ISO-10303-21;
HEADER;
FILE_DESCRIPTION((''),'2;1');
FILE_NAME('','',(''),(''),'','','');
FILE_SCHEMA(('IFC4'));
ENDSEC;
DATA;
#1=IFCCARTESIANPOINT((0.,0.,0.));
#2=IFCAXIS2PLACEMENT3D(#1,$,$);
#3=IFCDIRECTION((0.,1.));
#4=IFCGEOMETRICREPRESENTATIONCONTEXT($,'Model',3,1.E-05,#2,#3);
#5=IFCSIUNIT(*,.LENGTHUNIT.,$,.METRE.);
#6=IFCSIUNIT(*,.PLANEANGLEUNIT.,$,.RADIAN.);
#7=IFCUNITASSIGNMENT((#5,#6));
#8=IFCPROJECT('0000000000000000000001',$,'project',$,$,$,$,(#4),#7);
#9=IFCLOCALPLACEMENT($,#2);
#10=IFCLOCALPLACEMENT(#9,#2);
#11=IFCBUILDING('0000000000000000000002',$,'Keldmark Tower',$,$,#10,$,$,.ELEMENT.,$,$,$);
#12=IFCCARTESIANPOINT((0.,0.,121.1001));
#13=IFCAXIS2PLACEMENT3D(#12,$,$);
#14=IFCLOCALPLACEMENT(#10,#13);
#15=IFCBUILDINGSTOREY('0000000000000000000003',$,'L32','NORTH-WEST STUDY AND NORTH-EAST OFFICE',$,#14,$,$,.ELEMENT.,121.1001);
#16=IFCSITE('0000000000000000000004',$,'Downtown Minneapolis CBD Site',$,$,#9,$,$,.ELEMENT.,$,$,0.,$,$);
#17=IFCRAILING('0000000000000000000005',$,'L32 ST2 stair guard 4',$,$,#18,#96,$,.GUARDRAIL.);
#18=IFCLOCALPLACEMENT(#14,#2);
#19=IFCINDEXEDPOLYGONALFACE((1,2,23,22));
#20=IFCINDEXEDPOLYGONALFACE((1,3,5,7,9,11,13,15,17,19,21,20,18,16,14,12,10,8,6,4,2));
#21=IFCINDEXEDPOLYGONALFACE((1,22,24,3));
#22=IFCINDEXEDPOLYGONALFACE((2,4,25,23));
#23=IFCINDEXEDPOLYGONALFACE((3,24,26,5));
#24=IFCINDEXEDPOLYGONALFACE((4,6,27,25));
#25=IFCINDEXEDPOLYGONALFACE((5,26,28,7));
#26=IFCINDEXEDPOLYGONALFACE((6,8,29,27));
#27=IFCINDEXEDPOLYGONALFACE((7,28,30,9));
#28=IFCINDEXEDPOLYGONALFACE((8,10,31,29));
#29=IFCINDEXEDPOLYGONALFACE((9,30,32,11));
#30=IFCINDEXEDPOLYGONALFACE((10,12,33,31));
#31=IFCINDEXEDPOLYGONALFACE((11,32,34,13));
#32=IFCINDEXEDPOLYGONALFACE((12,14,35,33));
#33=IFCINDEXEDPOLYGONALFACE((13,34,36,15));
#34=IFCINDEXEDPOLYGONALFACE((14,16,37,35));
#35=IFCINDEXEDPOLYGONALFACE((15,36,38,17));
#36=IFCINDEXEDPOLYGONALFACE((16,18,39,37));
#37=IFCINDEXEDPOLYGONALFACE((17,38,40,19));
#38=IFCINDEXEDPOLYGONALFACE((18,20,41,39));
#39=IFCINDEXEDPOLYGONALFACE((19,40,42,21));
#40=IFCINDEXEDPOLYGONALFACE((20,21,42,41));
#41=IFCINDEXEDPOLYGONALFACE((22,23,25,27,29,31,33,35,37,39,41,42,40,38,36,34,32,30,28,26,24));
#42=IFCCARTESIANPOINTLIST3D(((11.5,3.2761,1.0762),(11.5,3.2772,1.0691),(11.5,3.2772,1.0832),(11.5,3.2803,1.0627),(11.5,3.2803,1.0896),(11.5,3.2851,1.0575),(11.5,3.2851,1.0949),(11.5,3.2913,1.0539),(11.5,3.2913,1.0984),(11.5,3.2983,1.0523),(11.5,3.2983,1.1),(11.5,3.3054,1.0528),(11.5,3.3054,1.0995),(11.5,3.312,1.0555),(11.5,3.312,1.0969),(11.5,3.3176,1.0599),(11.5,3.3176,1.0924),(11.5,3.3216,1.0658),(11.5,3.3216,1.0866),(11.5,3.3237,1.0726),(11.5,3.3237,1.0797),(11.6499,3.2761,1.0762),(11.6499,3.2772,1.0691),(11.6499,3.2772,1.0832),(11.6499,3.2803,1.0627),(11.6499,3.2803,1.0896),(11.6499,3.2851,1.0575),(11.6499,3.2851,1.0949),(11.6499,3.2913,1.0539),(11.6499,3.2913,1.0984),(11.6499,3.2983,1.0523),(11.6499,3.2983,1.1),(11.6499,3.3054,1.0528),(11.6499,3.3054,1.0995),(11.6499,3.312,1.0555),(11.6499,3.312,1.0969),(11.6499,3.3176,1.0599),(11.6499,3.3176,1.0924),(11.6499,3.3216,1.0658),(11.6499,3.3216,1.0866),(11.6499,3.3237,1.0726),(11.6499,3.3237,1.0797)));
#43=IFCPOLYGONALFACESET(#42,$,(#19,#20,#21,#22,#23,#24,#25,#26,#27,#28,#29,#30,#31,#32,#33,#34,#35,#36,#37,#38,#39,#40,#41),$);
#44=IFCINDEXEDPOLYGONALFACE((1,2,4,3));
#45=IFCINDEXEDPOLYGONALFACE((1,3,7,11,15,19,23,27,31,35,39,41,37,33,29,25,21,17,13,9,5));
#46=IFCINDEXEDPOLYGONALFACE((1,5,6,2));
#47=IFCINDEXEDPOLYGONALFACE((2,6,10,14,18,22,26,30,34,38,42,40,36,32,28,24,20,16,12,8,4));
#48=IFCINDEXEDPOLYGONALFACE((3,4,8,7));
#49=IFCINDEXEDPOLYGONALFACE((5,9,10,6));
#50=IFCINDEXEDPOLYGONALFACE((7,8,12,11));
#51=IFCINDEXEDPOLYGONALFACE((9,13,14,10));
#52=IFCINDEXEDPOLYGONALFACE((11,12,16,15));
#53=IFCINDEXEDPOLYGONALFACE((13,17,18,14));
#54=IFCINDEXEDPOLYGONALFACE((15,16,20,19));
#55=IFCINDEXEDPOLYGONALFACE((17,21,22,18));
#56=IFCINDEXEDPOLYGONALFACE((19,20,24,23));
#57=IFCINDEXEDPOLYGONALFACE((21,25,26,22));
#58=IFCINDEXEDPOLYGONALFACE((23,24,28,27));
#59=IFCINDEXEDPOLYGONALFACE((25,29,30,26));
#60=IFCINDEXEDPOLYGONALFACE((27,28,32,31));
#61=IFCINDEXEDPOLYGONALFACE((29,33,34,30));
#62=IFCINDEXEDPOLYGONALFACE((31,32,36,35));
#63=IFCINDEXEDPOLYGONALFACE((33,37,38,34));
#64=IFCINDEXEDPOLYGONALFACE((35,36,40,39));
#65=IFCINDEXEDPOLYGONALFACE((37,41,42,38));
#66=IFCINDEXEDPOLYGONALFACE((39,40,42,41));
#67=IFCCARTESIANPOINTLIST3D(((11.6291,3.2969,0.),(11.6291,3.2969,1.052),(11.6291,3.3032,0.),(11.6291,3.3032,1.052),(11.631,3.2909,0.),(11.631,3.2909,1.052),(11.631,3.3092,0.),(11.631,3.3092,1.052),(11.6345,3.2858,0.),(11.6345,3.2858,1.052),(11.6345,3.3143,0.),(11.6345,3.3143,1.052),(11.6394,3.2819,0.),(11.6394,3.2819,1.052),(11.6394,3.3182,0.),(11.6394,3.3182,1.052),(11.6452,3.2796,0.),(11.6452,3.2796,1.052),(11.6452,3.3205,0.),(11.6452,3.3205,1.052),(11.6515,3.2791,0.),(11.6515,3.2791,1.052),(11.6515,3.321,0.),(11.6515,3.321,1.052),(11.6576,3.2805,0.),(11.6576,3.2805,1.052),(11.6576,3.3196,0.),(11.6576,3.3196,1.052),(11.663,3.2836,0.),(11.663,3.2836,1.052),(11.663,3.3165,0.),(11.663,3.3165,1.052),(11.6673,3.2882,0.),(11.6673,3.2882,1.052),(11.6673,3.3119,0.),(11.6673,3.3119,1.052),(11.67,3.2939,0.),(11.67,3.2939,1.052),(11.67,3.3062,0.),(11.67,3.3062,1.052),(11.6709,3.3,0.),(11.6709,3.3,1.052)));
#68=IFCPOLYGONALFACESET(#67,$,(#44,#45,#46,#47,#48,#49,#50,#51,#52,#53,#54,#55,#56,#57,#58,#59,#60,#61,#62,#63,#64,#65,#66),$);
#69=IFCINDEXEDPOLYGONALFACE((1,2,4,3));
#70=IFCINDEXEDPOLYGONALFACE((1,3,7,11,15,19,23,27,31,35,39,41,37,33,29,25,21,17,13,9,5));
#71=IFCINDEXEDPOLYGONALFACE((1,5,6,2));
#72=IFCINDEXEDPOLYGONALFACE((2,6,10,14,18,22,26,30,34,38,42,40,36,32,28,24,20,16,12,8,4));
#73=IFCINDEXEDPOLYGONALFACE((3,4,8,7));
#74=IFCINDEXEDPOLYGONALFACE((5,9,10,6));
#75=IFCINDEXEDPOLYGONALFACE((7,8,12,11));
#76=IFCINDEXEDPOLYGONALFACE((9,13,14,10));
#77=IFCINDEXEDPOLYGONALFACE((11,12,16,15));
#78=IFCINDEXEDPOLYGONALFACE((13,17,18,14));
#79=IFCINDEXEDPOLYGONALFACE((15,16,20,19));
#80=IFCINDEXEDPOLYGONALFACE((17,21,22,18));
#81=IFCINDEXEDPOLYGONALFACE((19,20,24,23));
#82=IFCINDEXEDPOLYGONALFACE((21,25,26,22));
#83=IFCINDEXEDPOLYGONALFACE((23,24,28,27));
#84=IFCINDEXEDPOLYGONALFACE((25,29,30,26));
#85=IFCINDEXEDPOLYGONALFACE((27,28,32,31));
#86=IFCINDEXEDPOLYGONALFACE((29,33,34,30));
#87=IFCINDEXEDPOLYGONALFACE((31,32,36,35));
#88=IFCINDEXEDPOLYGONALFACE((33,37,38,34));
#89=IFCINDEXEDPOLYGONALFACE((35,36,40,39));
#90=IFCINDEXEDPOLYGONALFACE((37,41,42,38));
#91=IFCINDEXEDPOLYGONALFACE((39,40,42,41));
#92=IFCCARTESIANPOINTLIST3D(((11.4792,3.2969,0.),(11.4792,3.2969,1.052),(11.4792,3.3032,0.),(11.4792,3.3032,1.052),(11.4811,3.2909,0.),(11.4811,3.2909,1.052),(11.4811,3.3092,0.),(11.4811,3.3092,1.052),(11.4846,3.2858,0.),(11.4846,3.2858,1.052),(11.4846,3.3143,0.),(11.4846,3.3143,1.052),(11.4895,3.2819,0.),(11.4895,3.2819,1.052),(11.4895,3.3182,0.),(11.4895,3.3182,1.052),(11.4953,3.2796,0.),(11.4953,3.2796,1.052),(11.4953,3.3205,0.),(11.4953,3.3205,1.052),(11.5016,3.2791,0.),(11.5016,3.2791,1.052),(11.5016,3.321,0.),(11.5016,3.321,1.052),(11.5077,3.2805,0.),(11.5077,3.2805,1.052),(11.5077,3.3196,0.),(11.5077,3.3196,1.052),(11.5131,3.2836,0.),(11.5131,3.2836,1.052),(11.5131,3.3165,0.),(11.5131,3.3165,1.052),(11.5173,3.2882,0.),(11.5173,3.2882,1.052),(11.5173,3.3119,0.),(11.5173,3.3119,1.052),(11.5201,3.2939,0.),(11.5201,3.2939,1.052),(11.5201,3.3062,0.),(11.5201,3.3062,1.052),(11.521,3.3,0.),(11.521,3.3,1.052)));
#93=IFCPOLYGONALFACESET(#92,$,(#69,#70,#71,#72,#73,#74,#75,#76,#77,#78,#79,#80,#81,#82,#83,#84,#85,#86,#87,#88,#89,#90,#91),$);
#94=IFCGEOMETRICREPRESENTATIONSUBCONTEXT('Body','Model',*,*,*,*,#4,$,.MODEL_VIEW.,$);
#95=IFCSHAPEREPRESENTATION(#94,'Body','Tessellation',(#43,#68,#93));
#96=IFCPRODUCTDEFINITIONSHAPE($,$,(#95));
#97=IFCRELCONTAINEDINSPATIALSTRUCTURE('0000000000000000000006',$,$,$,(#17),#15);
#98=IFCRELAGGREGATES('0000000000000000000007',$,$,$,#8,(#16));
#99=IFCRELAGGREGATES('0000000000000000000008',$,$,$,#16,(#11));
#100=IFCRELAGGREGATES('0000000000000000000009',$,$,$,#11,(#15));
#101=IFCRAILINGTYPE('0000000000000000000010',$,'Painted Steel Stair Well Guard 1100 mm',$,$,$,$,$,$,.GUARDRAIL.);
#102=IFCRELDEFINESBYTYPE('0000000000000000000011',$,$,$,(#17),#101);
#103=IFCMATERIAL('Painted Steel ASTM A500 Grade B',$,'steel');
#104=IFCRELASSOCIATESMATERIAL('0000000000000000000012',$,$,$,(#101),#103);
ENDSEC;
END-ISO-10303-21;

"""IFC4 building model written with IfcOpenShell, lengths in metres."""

from ifc_helpers import new_model, si_unit, direction, frame, origin, origin_2d, place, context, subcontext, project, spatial, circle, extrude, material, type_object, element, save


model = new_model("IFC4")

# Units and contexts
model_context = context("Model", 3, precision=1e-05, world=origin(), true_north=direction((0.0, 1.0)))
body_context = subcontext(model_context, "Body", "Model", "MODEL_VIEW")
ifc_project = project(units=[si_unit("LENGTHUNIT", "METRE"), si_unit("PLANEANGLEUNIT", "RADIAN")], contexts=[model_context])

# Site, building, storey
site_placement = place(None, origin())
site = spatial("IfcSite", under=ifc_project, at=site_placement, Name="Downtown Minneapolis CBD Site", CompositionType="ELEMENT", RefElevation=0.0)
building_placement = place(site_placement, origin())
building = spatial("IfcBuilding", under=site, at=building_placement, Name="Keldmark Tower", CompositionType="ELEMENT")
storey_placement = place(building_placement, frame((0.0, 0.0, 121.1001)))
storey = spatial("IfcBuildingStorey", under=building, at=storey_placement, Name="L32", Description="NORTH-WEST STUDY AND NORTH-EAST OFFICE", CompositionType="ELEMENT", Elevation=121.1001)

# Railing
ifc_material_1 = material(Name="Painted Steel ASTM A500 Grade B", Category="steel")
railing_type_1 = type_object("IfcRailingType", Name="Painted Steel Stair Well Guard 1100 mm", PredefinedType="GUARDRAIL", material=ifc_material_1)
railing_1_placement = place(storey_placement, frame((11.6499, 3.3, 0.0)))
element("IfcRailing", 1, at=railing_1_placement, inside=storey, type_object=railing_type_1, Name="L32 ST2 stair guard 4", PredefinedType="GUARDRAIL", context=body_context, shape_type="SweptSolid", body=[
    extrude(circle(Radius=0.0239, at=origin_2d()), frame((0.0, 0.0, 1.0762), z_axis=(-1.0, 0.0, 0.0), x_axis=(0.0, -1.0, 0.0)), (0.0, 0.0, 1.0), 0.1499),
    extrude(circle(Radius=0.021, at=origin_2d()), origin(), (0.0, 0.0, 1.0), 1.052),
    extrude(circle(Radius=0.021, at=origin_2d()), frame((-0.1499, 0.0, 0.0)), (0.0, 0.0, 1.0), 1.052),
])

save(model, "model.ifc")
